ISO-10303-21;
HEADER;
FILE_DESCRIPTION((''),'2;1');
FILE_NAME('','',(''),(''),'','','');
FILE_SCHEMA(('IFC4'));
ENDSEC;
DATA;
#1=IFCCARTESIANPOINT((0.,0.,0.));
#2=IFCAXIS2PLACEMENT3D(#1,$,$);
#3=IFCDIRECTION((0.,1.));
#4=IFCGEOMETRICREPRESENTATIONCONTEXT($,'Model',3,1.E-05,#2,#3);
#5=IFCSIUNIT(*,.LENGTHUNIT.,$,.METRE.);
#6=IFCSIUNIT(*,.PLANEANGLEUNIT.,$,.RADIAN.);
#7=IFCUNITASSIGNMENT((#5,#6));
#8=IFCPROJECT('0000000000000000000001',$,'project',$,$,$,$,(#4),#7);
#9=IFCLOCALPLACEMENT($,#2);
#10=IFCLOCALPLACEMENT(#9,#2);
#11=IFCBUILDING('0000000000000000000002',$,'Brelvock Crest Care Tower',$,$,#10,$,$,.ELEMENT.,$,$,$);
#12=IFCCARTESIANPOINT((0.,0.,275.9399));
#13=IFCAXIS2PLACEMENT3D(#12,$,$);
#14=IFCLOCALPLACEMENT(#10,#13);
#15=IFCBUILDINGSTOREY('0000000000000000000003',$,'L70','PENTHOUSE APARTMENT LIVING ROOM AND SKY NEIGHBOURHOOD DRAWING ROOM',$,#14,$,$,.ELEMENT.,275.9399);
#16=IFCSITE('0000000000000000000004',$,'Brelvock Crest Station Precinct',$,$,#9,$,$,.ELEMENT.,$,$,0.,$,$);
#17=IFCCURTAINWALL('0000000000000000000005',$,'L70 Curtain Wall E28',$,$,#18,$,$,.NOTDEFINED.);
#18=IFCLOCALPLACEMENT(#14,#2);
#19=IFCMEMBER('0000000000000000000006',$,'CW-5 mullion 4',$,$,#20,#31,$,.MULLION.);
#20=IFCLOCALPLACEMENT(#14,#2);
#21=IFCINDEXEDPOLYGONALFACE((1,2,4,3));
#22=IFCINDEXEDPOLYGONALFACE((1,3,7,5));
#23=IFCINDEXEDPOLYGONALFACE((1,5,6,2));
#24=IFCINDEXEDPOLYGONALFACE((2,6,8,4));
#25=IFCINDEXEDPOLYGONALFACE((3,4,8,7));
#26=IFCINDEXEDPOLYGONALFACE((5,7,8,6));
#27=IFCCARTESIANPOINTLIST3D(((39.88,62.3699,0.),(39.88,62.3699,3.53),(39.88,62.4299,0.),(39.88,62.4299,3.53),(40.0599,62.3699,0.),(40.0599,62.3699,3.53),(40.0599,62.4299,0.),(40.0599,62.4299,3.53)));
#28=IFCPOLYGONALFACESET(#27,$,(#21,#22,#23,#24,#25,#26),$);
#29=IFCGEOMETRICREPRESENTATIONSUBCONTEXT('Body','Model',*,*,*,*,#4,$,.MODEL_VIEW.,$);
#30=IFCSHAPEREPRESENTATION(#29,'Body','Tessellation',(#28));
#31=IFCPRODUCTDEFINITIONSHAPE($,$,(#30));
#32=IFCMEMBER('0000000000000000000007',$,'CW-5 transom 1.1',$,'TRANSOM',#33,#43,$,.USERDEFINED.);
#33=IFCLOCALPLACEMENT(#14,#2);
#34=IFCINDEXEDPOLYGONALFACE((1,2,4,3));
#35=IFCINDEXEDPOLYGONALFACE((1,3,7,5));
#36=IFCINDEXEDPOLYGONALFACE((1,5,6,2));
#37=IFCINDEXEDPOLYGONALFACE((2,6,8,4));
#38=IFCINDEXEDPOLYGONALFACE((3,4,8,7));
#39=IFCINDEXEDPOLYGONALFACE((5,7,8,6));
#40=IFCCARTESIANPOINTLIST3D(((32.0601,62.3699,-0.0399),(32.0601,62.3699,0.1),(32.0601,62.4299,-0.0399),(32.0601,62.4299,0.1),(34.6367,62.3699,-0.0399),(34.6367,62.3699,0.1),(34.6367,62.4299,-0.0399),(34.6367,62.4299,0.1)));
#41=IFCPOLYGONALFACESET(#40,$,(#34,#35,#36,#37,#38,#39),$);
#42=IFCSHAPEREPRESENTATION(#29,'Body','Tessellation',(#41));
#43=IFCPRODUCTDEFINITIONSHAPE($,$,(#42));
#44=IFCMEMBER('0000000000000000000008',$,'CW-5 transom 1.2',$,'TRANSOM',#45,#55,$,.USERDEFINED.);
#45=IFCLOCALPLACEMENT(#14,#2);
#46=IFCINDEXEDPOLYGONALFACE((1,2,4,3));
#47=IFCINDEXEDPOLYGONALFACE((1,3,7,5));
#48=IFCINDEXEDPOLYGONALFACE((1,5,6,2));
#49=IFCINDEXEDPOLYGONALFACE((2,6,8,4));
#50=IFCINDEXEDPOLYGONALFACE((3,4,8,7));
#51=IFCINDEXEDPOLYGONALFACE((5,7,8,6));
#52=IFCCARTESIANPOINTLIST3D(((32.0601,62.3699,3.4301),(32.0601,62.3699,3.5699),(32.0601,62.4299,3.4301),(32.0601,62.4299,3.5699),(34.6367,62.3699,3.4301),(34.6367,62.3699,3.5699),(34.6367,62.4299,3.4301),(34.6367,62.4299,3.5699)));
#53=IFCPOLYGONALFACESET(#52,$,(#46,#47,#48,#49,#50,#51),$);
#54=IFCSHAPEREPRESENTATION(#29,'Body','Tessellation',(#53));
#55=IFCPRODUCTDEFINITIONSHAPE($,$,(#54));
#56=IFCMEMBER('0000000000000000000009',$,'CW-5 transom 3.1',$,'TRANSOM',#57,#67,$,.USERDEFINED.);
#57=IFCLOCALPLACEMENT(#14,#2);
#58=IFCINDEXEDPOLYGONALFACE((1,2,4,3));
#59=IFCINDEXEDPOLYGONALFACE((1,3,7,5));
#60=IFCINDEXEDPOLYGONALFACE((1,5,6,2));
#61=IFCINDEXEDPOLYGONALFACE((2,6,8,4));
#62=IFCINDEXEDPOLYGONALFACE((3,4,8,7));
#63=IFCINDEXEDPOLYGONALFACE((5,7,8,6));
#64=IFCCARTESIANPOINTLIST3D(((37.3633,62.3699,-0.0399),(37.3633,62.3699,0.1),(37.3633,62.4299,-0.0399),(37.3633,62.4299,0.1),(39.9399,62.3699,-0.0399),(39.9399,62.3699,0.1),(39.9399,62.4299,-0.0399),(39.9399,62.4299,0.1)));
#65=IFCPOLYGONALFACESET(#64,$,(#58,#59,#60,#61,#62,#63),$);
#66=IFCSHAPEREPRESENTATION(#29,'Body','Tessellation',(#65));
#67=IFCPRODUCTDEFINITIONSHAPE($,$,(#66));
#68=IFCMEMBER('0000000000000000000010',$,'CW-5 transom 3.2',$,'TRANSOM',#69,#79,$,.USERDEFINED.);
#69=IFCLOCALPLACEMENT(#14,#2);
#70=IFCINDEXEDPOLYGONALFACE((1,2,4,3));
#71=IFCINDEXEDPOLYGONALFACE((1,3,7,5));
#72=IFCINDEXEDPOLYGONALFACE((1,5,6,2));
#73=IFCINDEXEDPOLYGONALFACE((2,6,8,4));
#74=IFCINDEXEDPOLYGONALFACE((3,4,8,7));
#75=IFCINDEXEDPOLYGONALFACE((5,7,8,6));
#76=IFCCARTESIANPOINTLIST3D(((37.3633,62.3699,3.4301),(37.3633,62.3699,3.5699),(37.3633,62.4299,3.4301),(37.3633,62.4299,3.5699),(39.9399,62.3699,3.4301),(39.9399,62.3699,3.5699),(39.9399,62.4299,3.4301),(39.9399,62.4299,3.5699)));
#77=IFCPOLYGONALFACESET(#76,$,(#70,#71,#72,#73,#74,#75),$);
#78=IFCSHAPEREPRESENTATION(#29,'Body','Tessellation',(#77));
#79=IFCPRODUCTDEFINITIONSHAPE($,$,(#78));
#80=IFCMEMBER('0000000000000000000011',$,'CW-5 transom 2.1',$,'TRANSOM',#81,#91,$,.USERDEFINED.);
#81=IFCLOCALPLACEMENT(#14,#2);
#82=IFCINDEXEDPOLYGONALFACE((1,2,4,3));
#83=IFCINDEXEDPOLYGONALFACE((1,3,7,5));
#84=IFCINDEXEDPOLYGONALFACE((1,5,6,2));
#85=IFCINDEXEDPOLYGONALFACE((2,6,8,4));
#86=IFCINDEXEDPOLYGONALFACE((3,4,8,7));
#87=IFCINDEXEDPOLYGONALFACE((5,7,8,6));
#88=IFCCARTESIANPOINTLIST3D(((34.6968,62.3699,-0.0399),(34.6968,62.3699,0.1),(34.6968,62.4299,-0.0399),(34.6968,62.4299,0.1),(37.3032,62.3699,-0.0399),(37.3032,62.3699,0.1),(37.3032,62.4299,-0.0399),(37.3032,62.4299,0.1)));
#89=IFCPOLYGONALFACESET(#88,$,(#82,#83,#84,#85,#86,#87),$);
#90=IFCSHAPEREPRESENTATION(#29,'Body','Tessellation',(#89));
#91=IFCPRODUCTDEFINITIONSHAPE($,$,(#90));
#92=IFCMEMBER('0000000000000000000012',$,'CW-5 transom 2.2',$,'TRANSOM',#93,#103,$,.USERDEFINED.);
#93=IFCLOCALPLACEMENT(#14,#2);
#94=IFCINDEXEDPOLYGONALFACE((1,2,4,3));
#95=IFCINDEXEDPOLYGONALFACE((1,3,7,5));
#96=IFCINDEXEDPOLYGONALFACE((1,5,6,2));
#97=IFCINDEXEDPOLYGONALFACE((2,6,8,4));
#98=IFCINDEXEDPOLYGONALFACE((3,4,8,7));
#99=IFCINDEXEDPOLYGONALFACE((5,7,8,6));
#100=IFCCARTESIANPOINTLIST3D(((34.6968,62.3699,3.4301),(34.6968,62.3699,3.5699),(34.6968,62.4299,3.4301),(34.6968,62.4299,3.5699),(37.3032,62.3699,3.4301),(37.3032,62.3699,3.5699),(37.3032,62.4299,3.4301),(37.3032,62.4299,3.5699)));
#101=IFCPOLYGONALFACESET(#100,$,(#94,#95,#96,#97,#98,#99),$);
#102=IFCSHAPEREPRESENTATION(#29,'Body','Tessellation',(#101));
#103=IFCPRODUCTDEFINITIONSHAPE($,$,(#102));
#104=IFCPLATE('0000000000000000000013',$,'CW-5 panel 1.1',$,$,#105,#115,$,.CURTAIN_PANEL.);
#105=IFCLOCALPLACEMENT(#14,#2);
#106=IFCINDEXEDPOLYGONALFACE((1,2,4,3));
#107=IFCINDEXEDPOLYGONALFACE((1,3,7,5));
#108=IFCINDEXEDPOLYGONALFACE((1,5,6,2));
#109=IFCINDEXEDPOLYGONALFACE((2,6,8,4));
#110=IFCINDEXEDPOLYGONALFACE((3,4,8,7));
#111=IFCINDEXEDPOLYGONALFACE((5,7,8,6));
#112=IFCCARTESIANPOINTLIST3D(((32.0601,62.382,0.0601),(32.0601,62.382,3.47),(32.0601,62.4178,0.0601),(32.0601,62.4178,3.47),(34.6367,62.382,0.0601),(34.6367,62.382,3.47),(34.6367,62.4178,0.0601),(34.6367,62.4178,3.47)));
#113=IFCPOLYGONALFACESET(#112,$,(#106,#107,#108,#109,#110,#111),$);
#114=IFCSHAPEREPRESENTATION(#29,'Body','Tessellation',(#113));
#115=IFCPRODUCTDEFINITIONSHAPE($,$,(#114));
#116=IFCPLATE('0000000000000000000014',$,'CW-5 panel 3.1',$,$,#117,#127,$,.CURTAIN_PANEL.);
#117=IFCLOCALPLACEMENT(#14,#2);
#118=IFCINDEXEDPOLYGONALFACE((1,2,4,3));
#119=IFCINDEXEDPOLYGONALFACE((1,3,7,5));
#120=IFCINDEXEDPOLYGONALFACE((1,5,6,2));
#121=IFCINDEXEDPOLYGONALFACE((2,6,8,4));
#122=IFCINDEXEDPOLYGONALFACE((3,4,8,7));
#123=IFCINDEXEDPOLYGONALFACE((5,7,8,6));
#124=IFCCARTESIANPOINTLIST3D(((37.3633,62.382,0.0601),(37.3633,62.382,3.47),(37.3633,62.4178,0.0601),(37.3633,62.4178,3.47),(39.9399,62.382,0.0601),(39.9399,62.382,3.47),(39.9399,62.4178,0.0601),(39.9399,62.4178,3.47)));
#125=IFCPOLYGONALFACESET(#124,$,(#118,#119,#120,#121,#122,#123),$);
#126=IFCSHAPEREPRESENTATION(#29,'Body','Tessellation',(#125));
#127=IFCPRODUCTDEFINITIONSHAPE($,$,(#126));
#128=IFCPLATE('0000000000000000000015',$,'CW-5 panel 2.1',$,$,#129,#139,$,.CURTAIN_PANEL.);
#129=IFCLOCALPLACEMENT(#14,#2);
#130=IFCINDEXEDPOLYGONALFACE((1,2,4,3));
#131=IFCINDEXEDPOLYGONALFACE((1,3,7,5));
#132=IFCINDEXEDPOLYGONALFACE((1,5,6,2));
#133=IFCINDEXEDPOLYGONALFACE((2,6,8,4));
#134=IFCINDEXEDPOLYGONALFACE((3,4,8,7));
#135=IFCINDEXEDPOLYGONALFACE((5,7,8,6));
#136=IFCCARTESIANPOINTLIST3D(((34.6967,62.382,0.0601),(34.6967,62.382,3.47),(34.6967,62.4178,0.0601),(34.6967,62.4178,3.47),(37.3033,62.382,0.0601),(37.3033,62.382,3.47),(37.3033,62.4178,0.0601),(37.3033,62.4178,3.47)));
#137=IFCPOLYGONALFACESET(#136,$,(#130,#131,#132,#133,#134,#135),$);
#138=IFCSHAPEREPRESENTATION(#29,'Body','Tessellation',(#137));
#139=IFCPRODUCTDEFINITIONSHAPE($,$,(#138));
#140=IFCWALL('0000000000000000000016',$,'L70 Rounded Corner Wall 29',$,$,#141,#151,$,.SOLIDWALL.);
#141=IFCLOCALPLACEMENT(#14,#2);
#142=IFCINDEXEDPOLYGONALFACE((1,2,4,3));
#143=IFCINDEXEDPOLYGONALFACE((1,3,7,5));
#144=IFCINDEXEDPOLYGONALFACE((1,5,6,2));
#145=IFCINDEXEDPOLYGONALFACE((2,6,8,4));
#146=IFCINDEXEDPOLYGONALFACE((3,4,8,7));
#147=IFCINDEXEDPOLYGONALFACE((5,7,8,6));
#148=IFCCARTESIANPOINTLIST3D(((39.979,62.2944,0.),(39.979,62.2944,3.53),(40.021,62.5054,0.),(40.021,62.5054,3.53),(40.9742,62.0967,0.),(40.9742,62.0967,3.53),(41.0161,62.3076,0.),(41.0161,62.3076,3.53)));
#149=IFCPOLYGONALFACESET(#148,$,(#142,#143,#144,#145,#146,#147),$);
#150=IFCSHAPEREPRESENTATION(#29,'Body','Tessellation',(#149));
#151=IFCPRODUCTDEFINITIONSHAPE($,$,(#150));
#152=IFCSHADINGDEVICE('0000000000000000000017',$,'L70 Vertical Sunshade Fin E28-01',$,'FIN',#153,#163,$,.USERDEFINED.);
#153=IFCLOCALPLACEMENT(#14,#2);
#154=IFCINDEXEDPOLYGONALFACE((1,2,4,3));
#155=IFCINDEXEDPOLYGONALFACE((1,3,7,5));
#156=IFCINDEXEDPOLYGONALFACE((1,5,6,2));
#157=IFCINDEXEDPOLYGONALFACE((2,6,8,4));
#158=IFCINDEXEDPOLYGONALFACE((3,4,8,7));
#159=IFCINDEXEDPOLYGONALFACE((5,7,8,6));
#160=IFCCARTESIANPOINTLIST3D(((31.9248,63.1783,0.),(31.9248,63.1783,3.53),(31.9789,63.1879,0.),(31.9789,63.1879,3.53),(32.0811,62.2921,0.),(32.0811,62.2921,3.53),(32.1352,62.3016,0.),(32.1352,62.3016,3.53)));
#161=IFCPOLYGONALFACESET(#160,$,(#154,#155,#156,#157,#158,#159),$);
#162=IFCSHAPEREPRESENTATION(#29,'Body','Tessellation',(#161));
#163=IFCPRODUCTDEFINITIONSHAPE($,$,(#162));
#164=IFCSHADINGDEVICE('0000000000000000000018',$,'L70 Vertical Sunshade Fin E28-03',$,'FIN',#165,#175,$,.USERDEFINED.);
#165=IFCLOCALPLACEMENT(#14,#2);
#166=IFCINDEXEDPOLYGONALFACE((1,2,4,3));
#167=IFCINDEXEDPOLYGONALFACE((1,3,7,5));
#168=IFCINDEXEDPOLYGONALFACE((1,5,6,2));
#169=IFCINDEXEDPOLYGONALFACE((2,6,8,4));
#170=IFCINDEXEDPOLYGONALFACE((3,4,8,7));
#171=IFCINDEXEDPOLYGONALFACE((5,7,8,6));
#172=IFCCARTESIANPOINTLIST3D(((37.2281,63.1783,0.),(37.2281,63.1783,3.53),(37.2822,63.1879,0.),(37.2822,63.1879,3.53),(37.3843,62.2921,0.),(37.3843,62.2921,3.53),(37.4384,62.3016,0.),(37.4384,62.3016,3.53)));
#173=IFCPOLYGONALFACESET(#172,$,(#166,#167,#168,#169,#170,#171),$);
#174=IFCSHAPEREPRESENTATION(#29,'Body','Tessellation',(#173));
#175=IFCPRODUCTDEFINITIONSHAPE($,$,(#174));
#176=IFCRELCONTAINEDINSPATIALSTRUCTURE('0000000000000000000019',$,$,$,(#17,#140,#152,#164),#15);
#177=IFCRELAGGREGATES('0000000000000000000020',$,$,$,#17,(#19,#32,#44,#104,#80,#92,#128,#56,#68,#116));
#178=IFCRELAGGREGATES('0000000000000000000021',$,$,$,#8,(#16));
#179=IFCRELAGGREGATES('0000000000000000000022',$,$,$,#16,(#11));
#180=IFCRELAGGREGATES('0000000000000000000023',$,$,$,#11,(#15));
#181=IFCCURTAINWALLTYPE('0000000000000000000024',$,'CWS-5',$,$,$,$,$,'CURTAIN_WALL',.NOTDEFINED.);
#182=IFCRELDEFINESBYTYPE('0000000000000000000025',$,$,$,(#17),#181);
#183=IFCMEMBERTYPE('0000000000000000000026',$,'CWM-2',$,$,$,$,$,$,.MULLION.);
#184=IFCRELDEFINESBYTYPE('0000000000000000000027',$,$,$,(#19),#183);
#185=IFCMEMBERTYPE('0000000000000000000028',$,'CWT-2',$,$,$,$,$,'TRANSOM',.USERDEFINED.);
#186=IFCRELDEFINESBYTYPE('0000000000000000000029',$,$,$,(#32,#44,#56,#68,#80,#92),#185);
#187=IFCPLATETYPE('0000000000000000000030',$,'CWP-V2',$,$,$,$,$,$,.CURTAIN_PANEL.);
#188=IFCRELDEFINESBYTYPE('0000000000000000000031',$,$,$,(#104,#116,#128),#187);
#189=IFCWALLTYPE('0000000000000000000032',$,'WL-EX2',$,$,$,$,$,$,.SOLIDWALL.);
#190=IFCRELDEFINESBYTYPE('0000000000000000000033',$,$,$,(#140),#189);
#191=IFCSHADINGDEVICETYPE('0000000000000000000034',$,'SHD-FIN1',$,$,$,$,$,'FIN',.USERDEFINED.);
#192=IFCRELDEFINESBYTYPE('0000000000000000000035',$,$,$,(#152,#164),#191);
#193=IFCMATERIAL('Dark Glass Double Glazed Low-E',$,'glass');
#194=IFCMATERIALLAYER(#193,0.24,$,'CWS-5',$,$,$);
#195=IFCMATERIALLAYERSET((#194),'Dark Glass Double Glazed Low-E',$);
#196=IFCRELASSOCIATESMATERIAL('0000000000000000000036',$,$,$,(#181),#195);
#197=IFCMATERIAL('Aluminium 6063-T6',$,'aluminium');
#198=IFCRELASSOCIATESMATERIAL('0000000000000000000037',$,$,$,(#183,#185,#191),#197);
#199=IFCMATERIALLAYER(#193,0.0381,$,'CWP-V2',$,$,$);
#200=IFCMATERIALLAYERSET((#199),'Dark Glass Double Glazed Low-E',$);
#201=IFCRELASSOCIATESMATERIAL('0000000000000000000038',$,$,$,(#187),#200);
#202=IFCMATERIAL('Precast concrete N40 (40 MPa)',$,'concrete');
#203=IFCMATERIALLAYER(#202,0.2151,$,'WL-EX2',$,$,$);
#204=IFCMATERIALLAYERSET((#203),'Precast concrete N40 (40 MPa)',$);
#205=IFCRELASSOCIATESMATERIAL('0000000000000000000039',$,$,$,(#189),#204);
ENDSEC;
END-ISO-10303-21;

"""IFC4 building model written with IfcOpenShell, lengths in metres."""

from ifc_helpers import new_model, si_unit, direction, frame, frame_2d, origin, origin_2d, place, context, subcontext, project, spatial, rectangle, extrude, source, transform, mapped, material, layer, layer_set, material_profile, profile_set, type_object, element, aggregate, save


model = new_model("IFC4")

# Units and contexts
model_context = context("Model", 3, precision=1e-05, world=origin(), true_north=direction((0.0, 1.0)))
body_context = subcontext(model_context, "Body", "Model", "MODEL_VIEW")
ifc_project = project(units=[si_unit("LENGTHUNIT", "METRE"), si_unit("PLANEANGLEUNIT", "RADIAN")], contexts=[model_context])

# Site, building, storey
site_placement = place(None, origin())
site = spatial("IfcSite", under=ifc_project, at=site_placement, Name="Brelvock Crest Station Precinct", CompositionType="ELEMENT", RefElevation=0.0)
building_placement = place(site_placement, origin())
building = spatial("IfcBuilding", under=site, at=building_placement, Name="Brelvock Crest Care Tower", CompositionType="ELEMENT")
storey_placement = place(building_placement, frame((0.0, 0.0, 275.9399)))
storey = spatial("IfcBuildingStorey", under=building, at=storey_placement, Name="L70", Description="PENTHOUSE APARTMENT LIVING ROOM AND SKY NEIGHBOURHOOD DRAWING ROOM", CompositionType="ELEMENT", Elevation=275.9399)

# Curtain wall, members, plates
ifc_material_1 = material(Name="Dark Glass Double Glazed Low-E", Category="glass")
ifc_layer_1 = layer(ifc_material_1, 0.24, Name="CWS-5")
ifc_layer_set_1 = layer_set([ifc_layer_1], Name="Dark Glass Double Glazed Low-E")
curtain_wall_type = type_object("IfcCurtainWallType", Name="CWS-5", ElementType="CURTAIN_WALL", PredefinedType="NOTDEFINED", material=ifc_layer_set_1)
curtain_wall_placement = place(storey_placement, origin())
curtain_wall = element("IfcCurtainWall", 1, at=curtain_wall_placement, inside=storey, type_object=curtain_wall_type, Name="L70 Curtain Wall E28", PredefinedType="NOTDEFINED")
ifc_material_2 = material(Name="Aluminium 6063-T6", Category="aluminium")
ifc_material_profile_1 = material_profile(ifc_material_2, rectangle(XDim=0.0601, YDim=0.1799, at=origin_2d()), Name="ALU60x180")
ifc_profile_set_1 = profile_set([ifc_material_profile_1], Name="Aluminium 6063-T6")
member_type_1 = type_object("IfcMemberType", Name="CWM-2", PredefinedType="MULLION", material=ifc_profile_set_1)
shared_shape_1 = source(origin(), body_context, "Body", "SweptSolid", [
    extrude(rectangle(XDim=0.0601, YDim=0.1799, at=origin_2d()), origin(), (0.0, 0.0, 1.0), 3.53),
])
member_1_placement = place(storey_placement, frame((39.97, 62.3999, 0.0), z_axis=(0.0, 0.0, 1.0), x_axis=(0.0, 1.0, 0.0)))
member_1 = element("IfcMember", 2, at=member_1_placement, type_object=member_type_1, Name="CW-5 mullion 4", PredefinedType="MULLION", context=body_context, shape_type="MappedRepresentation", body=[
    mapped(shared_shape_1, transform((0.0, 0.0, 0.0), x_axis=(1.0, 0.0, 0.0), y_axis=(0.0, 1.0, 0.0), z_axis=(0.0, 0.0, 1.0), scale=1.0)),
])
ifc_material_profile_2 = material_profile(ifc_material_2, rectangle(XDim=0.0601, YDim=0.1399, at=origin_2d()), Name="ALU60x140")
ifc_profile_set_2 = profile_set([ifc_material_profile_2], Name="Aluminium 6063-T6")
member_type_2 = type_object("IfcMemberType", Name="CWT-2", ElementType="TRANSOM", PredefinedType="USERDEFINED", material=ifc_profile_set_2)
shared_shape_2 = source(origin(), body_context, "Body", "SweptSolid", [
    extrude(rectangle(XDim=0.0601, YDim=0.1399, at=origin_2d()), origin(), (0.0, 0.0, 1.0), 2.5767),
])
member_2_placement = place(storey_placement, frame((32.0601, 62.3999, 0.03), z_axis=(1.0, 0.0, 0.0), x_axis=(0.0, 1.0, 0.0)))
member_2 = element("IfcMember", 3, at=member_2_placement, type_object=member_type_2, Name="CW-5 transom 1.1", ObjectType="TRANSOM", PredefinedType="USERDEFINED", context=body_context, shape_type="MappedRepresentation", body=[
    mapped(shared_shape_2, transform((0.0, 0.0, 0.0), x_axis=(1.0, 0.0, 0.0), y_axis=(0.0, 1.0, 0.0), z_axis=(0.0, 0.0, 1.0), scale=1.0)),
])
member_3_placement = place(storey_placement, frame((32.0601, 62.3999, 3.5), z_axis=(1.0, 0.0, 0.0), x_axis=(0.0, 1.0, 0.0)))
member_3 = element("IfcMember", 4, at=member_3_placement, type_object=member_type_2, Name="CW-5 transom 1.2", ObjectType="TRANSOM", PredefinedType="USERDEFINED", context=body_context, shape_type="MappedRepresentation", body=[
    mapped(shared_shape_2, transform((0.0, 0.0, 0.0), x_axis=(1.0, 0.0, 0.0), y_axis=(0.0, 1.0, 0.0), z_axis=(0.0, 0.0, 1.0), scale=1.0)),
])
member_4_placement = place(storey_placement, frame((37.3633, 62.3999, 0.03), z_axis=(1.0, 0.0, 0.0), x_axis=(0.0, 1.0, 0.0)))
member_4 = element("IfcMember", 5, at=member_4_placement, type_object=member_type_2, Name="CW-5 transom 3.1", ObjectType="TRANSOM", PredefinedType="USERDEFINED", context=body_context, shape_type="MappedRepresentation", body=[
    mapped(shared_shape_2, transform((0.0, 0.0, 0.0), x_axis=(1.0, 0.0, 0.0), y_axis=(0.0, 1.0, 0.0), z_axis=(0.0, 0.0, 1.0), scale=1.0)),
])
member_5_placement = place(storey_placement, frame((37.3633, 62.3999, 3.5), z_axis=(1.0, 0.0, 0.0), x_axis=(0.0, 1.0, 0.0)))
member_5 = element("IfcMember", 6, at=member_5_placement, type_object=member_type_2, Name="CW-5 transom 3.2", ObjectType="TRANSOM", PredefinedType="USERDEFINED", context=body_context, shape_type="MappedRepresentation", body=[
    mapped(shared_shape_2, transform((0.0, 0.0, 0.0), x_axis=(1.0, 0.0, 0.0), y_axis=(0.0, 1.0, 0.0), z_axis=(0.0, 0.0, 1.0), scale=1.0)),
])
shared_shape_3 = source(origin(), body_context, "Body", "SweptSolid", [
    extrude(rectangle(XDim=0.0601, YDim=0.1399, at=origin_2d()), origin(), (0.0, 0.0, 1.0), 2.6064),
])
member_6_placement = place(storey_placement, frame((34.6968, 62.3999, 0.03), z_axis=(1.0, 0.0, 0.0), x_axis=(0.0, 1.0, 0.0)))
member_6 = element("IfcMember", 7, at=member_6_placement, type_object=member_type_2, Name="CW-5 transom 2.1", ObjectType="TRANSOM", PredefinedType="USERDEFINED", context=body_context, shape_type="MappedRepresentation", body=[
    mapped(shared_shape_3, transform((0.0, 0.0, 0.0), x_axis=(1.0, 0.0, 0.0), y_axis=(0.0, 1.0, 0.0), z_axis=(0.0, 0.0, 1.0), scale=1.0)),
])
member_7_placement = place(storey_placement, frame((34.6968, 62.3999, 3.5), z_axis=(1.0, 0.0, 0.0), x_axis=(0.0, 1.0, 0.0)))
member_7 = element("IfcMember", 8, at=member_7_placement, type_object=member_type_2, Name="CW-5 transom 2.2", ObjectType="TRANSOM", PredefinedType="USERDEFINED", context=body_context, shape_type="MappedRepresentation", body=[
    mapped(shared_shape_3, transform((0.0, 0.0, 0.0), x_axis=(1.0, 0.0, 0.0), y_axis=(0.0, 1.0, 0.0), z_axis=(0.0, 0.0, 1.0), scale=1.0)),
])
ifc_layer_2 = layer(ifc_material_1, 0.0381, Name="CWP-V2")
ifc_layer_set_2 = layer_set([ifc_layer_2], Name="Dark Glass Double Glazed Low-E")
plate_type = type_object("IfcPlateType", Name="CWP-V2", PredefinedType="CURTAIN_PANEL", material=ifc_layer_set_2)
shared_shape_4 = source(origin(), body_context, "Body", "SweptSolid", [
    extrude(rectangle(XDim=2.5767, YDim=0.0359, at=origin_2d()), origin(), (0.0, 0.0, 1.0), 3.4099),
])
plate_1_placement = place(storey_placement, frame((33.3484, 62.3999, 0.0601), z_axis=(0.0, 0.0, 1.0), x_axis=(1.0, 0.0, 0.0)))
plate_1 = element("IfcPlate", 9, at=plate_1_placement, type_object=plate_type, Name="CW-5 panel 1.1", PredefinedType="CURTAIN_PANEL", context=body_context, shape_type="MappedRepresentation", body=[
    mapped(shared_shape_4, transform((0.0, 0.0, 0.0), x_axis=(1.0, 0.0, 0.0), y_axis=(0.0, 1.0, 0.0), z_axis=(0.0, 0.0, 1.0), scale=1.0)),
])
plate_2_placement = place(storey_placement, frame((38.6516, 62.3999, 0.0601), z_axis=(0.0, 0.0, 1.0), x_axis=(1.0, 0.0, 0.0)))
plate_2 = element("IfcPlate", 10, at=plate_2_placement, type_object=plate_type, Name="CW-5 panel 3.1", PredefinedType="CURTAIN_PANEL", context=body_context, shape_type="MappedRepresentation", body=[
    mapped(shared_shape_4, transform((0.0, 0.0, 0.0), x_axis=(1.0, 0.0, 0.0), y_axis=(0.0, 1.0, 0.0), z_axis=(0.0, 0.0, 1.0), scale=1.0)),
])
shared_shape_5 = source(origin(), body_context, "Body", "SweptSolid", [
    extrude(rectangle(XDim=2.6067, YDim=0.0359, at=origin_2d()), origin(), (0.0, 0.0, 1.0), 3.4099),
])
plate_3_placement = place(storey_placement, frame((36.0, 62.3999, 0.0601), z_axis=(0.0, 0.0, 1.0), x_axis=(1.0, 0.0, 0.0)))
plate_3 = element("IfcPlate", 11, at=plate_3_placement, type_object=plate_type, Name="CW-5 panel 2.1", PredefinedType="CURTAIN_PANEL", context=body_context, shape_type="MappedRepresentation", body=[
    mapped(shared_shape_5, transform((0.0, 0.0, 0.0), x_axis=(1.0, 0.0, 0.0), y_axis=(0.0, 1.0, 0.0), z_axis=(0.0, 0.0, 1.0), scale=1.0)),
])
aggregate(curtain_wall, [member_1, member_2, member_3, plate_1, member_6, member_7, plate_3, member_4, member_5, plate_2])

# Wall
ifc_material_3 = material(Name="Precast concrete N40 (40 MPa)", Category="concrete")
ifc_layer_3 = layer(ifc_material_3, 0.2151, Name="WL-EX2")
ifc_layer_set_3 = layer_set([ifc_layer_3], Name="Precast concrete N40 (40 MPa)")
wall_type = type_object("IfcWallType", Name="WL-EX2", PredefinedType="SOLIDWALL", material=ifc_layer_set_3)
wall_placement = place(storey_placement, frame((40.0, 62.3999, 0.0), z_axis=(0.0, 0.0, 1.0), x_axis=(0.980821, -0.194913, 0.0)))
element("IfcWall", 12, at=wall_placement, inside=storey, type_object=wall_type, Name="L70 Rounded Corner Wall 29", PredefinedType="SOLIDWALL", context=body_context, shape_type="SweptSolid", body=[
    extrude(rectangle(XDim=1.0146, YDim=0.2151, at=frame_2d((0.5073, 0.0))), origin(), (0.0, 0.0, 1.0), 3.53),
])

# Shading devices
ifc_material_profile_3 = material_profile(ifc_material_2, rectangle(XDim=0.0549, YDim=0.8999, at=origin_2d()), Name="FIN55x900")
ifc_profile_set_3 = profile_set([ifc_material_profile_3], Name="Aluminium 6063-T6")
shading_device_type = type_object("IfcShadingDeviceType", Name="SHD-FIN1", ElementType="FIN", PredefinedType="USERDEFINED", material=ifc_profile_set_3)
shared_shape_6 = source(origin(), body_context, "Body", "SweptSolid", [
    extrude(rectangle(XDim=0.0549, YDim=0.8999, at=origin_2d()), origin(), (0.0, 0.0, 1.0), 3.53),
])
for number, where, z_axis, x_axis, name in (
    (13, (32.03, 62.74, 0.0), (0.0, 0.0, 1.0), (0.984808, 0.173648, 0.0), "L70 Vertical Sunshade Fin E28-01"),
    (14, (37.3333, 62.74, 0.0), (0.0, 0.0, 1.0), (0.984808, 0.173648, 0.0), "L70 Vertical Sunshade Fin E28-03"),
):
    element("IfcShadingDevice", number, at=place(storey_placement, frame(where, z_axis=z_axis, x_axis=x_axis)), inside=storey, type_object=shading_device_type, Name=name, ObjectType="FIN", PredefinedType="USERDEFINED", context=body_context, shape_type="MappedRepresentation", body=[
        mapped(shared_shape_6, transform((0.0, 0.0, 0.0), x_axis=(1.0, 0.0, 0.0), y_axis=(0.0, 1.0, 0.0), z_axis=(0.0, 0.0, 1.0), scale=1.0)),
    ])

save(model, "model.ifc")
